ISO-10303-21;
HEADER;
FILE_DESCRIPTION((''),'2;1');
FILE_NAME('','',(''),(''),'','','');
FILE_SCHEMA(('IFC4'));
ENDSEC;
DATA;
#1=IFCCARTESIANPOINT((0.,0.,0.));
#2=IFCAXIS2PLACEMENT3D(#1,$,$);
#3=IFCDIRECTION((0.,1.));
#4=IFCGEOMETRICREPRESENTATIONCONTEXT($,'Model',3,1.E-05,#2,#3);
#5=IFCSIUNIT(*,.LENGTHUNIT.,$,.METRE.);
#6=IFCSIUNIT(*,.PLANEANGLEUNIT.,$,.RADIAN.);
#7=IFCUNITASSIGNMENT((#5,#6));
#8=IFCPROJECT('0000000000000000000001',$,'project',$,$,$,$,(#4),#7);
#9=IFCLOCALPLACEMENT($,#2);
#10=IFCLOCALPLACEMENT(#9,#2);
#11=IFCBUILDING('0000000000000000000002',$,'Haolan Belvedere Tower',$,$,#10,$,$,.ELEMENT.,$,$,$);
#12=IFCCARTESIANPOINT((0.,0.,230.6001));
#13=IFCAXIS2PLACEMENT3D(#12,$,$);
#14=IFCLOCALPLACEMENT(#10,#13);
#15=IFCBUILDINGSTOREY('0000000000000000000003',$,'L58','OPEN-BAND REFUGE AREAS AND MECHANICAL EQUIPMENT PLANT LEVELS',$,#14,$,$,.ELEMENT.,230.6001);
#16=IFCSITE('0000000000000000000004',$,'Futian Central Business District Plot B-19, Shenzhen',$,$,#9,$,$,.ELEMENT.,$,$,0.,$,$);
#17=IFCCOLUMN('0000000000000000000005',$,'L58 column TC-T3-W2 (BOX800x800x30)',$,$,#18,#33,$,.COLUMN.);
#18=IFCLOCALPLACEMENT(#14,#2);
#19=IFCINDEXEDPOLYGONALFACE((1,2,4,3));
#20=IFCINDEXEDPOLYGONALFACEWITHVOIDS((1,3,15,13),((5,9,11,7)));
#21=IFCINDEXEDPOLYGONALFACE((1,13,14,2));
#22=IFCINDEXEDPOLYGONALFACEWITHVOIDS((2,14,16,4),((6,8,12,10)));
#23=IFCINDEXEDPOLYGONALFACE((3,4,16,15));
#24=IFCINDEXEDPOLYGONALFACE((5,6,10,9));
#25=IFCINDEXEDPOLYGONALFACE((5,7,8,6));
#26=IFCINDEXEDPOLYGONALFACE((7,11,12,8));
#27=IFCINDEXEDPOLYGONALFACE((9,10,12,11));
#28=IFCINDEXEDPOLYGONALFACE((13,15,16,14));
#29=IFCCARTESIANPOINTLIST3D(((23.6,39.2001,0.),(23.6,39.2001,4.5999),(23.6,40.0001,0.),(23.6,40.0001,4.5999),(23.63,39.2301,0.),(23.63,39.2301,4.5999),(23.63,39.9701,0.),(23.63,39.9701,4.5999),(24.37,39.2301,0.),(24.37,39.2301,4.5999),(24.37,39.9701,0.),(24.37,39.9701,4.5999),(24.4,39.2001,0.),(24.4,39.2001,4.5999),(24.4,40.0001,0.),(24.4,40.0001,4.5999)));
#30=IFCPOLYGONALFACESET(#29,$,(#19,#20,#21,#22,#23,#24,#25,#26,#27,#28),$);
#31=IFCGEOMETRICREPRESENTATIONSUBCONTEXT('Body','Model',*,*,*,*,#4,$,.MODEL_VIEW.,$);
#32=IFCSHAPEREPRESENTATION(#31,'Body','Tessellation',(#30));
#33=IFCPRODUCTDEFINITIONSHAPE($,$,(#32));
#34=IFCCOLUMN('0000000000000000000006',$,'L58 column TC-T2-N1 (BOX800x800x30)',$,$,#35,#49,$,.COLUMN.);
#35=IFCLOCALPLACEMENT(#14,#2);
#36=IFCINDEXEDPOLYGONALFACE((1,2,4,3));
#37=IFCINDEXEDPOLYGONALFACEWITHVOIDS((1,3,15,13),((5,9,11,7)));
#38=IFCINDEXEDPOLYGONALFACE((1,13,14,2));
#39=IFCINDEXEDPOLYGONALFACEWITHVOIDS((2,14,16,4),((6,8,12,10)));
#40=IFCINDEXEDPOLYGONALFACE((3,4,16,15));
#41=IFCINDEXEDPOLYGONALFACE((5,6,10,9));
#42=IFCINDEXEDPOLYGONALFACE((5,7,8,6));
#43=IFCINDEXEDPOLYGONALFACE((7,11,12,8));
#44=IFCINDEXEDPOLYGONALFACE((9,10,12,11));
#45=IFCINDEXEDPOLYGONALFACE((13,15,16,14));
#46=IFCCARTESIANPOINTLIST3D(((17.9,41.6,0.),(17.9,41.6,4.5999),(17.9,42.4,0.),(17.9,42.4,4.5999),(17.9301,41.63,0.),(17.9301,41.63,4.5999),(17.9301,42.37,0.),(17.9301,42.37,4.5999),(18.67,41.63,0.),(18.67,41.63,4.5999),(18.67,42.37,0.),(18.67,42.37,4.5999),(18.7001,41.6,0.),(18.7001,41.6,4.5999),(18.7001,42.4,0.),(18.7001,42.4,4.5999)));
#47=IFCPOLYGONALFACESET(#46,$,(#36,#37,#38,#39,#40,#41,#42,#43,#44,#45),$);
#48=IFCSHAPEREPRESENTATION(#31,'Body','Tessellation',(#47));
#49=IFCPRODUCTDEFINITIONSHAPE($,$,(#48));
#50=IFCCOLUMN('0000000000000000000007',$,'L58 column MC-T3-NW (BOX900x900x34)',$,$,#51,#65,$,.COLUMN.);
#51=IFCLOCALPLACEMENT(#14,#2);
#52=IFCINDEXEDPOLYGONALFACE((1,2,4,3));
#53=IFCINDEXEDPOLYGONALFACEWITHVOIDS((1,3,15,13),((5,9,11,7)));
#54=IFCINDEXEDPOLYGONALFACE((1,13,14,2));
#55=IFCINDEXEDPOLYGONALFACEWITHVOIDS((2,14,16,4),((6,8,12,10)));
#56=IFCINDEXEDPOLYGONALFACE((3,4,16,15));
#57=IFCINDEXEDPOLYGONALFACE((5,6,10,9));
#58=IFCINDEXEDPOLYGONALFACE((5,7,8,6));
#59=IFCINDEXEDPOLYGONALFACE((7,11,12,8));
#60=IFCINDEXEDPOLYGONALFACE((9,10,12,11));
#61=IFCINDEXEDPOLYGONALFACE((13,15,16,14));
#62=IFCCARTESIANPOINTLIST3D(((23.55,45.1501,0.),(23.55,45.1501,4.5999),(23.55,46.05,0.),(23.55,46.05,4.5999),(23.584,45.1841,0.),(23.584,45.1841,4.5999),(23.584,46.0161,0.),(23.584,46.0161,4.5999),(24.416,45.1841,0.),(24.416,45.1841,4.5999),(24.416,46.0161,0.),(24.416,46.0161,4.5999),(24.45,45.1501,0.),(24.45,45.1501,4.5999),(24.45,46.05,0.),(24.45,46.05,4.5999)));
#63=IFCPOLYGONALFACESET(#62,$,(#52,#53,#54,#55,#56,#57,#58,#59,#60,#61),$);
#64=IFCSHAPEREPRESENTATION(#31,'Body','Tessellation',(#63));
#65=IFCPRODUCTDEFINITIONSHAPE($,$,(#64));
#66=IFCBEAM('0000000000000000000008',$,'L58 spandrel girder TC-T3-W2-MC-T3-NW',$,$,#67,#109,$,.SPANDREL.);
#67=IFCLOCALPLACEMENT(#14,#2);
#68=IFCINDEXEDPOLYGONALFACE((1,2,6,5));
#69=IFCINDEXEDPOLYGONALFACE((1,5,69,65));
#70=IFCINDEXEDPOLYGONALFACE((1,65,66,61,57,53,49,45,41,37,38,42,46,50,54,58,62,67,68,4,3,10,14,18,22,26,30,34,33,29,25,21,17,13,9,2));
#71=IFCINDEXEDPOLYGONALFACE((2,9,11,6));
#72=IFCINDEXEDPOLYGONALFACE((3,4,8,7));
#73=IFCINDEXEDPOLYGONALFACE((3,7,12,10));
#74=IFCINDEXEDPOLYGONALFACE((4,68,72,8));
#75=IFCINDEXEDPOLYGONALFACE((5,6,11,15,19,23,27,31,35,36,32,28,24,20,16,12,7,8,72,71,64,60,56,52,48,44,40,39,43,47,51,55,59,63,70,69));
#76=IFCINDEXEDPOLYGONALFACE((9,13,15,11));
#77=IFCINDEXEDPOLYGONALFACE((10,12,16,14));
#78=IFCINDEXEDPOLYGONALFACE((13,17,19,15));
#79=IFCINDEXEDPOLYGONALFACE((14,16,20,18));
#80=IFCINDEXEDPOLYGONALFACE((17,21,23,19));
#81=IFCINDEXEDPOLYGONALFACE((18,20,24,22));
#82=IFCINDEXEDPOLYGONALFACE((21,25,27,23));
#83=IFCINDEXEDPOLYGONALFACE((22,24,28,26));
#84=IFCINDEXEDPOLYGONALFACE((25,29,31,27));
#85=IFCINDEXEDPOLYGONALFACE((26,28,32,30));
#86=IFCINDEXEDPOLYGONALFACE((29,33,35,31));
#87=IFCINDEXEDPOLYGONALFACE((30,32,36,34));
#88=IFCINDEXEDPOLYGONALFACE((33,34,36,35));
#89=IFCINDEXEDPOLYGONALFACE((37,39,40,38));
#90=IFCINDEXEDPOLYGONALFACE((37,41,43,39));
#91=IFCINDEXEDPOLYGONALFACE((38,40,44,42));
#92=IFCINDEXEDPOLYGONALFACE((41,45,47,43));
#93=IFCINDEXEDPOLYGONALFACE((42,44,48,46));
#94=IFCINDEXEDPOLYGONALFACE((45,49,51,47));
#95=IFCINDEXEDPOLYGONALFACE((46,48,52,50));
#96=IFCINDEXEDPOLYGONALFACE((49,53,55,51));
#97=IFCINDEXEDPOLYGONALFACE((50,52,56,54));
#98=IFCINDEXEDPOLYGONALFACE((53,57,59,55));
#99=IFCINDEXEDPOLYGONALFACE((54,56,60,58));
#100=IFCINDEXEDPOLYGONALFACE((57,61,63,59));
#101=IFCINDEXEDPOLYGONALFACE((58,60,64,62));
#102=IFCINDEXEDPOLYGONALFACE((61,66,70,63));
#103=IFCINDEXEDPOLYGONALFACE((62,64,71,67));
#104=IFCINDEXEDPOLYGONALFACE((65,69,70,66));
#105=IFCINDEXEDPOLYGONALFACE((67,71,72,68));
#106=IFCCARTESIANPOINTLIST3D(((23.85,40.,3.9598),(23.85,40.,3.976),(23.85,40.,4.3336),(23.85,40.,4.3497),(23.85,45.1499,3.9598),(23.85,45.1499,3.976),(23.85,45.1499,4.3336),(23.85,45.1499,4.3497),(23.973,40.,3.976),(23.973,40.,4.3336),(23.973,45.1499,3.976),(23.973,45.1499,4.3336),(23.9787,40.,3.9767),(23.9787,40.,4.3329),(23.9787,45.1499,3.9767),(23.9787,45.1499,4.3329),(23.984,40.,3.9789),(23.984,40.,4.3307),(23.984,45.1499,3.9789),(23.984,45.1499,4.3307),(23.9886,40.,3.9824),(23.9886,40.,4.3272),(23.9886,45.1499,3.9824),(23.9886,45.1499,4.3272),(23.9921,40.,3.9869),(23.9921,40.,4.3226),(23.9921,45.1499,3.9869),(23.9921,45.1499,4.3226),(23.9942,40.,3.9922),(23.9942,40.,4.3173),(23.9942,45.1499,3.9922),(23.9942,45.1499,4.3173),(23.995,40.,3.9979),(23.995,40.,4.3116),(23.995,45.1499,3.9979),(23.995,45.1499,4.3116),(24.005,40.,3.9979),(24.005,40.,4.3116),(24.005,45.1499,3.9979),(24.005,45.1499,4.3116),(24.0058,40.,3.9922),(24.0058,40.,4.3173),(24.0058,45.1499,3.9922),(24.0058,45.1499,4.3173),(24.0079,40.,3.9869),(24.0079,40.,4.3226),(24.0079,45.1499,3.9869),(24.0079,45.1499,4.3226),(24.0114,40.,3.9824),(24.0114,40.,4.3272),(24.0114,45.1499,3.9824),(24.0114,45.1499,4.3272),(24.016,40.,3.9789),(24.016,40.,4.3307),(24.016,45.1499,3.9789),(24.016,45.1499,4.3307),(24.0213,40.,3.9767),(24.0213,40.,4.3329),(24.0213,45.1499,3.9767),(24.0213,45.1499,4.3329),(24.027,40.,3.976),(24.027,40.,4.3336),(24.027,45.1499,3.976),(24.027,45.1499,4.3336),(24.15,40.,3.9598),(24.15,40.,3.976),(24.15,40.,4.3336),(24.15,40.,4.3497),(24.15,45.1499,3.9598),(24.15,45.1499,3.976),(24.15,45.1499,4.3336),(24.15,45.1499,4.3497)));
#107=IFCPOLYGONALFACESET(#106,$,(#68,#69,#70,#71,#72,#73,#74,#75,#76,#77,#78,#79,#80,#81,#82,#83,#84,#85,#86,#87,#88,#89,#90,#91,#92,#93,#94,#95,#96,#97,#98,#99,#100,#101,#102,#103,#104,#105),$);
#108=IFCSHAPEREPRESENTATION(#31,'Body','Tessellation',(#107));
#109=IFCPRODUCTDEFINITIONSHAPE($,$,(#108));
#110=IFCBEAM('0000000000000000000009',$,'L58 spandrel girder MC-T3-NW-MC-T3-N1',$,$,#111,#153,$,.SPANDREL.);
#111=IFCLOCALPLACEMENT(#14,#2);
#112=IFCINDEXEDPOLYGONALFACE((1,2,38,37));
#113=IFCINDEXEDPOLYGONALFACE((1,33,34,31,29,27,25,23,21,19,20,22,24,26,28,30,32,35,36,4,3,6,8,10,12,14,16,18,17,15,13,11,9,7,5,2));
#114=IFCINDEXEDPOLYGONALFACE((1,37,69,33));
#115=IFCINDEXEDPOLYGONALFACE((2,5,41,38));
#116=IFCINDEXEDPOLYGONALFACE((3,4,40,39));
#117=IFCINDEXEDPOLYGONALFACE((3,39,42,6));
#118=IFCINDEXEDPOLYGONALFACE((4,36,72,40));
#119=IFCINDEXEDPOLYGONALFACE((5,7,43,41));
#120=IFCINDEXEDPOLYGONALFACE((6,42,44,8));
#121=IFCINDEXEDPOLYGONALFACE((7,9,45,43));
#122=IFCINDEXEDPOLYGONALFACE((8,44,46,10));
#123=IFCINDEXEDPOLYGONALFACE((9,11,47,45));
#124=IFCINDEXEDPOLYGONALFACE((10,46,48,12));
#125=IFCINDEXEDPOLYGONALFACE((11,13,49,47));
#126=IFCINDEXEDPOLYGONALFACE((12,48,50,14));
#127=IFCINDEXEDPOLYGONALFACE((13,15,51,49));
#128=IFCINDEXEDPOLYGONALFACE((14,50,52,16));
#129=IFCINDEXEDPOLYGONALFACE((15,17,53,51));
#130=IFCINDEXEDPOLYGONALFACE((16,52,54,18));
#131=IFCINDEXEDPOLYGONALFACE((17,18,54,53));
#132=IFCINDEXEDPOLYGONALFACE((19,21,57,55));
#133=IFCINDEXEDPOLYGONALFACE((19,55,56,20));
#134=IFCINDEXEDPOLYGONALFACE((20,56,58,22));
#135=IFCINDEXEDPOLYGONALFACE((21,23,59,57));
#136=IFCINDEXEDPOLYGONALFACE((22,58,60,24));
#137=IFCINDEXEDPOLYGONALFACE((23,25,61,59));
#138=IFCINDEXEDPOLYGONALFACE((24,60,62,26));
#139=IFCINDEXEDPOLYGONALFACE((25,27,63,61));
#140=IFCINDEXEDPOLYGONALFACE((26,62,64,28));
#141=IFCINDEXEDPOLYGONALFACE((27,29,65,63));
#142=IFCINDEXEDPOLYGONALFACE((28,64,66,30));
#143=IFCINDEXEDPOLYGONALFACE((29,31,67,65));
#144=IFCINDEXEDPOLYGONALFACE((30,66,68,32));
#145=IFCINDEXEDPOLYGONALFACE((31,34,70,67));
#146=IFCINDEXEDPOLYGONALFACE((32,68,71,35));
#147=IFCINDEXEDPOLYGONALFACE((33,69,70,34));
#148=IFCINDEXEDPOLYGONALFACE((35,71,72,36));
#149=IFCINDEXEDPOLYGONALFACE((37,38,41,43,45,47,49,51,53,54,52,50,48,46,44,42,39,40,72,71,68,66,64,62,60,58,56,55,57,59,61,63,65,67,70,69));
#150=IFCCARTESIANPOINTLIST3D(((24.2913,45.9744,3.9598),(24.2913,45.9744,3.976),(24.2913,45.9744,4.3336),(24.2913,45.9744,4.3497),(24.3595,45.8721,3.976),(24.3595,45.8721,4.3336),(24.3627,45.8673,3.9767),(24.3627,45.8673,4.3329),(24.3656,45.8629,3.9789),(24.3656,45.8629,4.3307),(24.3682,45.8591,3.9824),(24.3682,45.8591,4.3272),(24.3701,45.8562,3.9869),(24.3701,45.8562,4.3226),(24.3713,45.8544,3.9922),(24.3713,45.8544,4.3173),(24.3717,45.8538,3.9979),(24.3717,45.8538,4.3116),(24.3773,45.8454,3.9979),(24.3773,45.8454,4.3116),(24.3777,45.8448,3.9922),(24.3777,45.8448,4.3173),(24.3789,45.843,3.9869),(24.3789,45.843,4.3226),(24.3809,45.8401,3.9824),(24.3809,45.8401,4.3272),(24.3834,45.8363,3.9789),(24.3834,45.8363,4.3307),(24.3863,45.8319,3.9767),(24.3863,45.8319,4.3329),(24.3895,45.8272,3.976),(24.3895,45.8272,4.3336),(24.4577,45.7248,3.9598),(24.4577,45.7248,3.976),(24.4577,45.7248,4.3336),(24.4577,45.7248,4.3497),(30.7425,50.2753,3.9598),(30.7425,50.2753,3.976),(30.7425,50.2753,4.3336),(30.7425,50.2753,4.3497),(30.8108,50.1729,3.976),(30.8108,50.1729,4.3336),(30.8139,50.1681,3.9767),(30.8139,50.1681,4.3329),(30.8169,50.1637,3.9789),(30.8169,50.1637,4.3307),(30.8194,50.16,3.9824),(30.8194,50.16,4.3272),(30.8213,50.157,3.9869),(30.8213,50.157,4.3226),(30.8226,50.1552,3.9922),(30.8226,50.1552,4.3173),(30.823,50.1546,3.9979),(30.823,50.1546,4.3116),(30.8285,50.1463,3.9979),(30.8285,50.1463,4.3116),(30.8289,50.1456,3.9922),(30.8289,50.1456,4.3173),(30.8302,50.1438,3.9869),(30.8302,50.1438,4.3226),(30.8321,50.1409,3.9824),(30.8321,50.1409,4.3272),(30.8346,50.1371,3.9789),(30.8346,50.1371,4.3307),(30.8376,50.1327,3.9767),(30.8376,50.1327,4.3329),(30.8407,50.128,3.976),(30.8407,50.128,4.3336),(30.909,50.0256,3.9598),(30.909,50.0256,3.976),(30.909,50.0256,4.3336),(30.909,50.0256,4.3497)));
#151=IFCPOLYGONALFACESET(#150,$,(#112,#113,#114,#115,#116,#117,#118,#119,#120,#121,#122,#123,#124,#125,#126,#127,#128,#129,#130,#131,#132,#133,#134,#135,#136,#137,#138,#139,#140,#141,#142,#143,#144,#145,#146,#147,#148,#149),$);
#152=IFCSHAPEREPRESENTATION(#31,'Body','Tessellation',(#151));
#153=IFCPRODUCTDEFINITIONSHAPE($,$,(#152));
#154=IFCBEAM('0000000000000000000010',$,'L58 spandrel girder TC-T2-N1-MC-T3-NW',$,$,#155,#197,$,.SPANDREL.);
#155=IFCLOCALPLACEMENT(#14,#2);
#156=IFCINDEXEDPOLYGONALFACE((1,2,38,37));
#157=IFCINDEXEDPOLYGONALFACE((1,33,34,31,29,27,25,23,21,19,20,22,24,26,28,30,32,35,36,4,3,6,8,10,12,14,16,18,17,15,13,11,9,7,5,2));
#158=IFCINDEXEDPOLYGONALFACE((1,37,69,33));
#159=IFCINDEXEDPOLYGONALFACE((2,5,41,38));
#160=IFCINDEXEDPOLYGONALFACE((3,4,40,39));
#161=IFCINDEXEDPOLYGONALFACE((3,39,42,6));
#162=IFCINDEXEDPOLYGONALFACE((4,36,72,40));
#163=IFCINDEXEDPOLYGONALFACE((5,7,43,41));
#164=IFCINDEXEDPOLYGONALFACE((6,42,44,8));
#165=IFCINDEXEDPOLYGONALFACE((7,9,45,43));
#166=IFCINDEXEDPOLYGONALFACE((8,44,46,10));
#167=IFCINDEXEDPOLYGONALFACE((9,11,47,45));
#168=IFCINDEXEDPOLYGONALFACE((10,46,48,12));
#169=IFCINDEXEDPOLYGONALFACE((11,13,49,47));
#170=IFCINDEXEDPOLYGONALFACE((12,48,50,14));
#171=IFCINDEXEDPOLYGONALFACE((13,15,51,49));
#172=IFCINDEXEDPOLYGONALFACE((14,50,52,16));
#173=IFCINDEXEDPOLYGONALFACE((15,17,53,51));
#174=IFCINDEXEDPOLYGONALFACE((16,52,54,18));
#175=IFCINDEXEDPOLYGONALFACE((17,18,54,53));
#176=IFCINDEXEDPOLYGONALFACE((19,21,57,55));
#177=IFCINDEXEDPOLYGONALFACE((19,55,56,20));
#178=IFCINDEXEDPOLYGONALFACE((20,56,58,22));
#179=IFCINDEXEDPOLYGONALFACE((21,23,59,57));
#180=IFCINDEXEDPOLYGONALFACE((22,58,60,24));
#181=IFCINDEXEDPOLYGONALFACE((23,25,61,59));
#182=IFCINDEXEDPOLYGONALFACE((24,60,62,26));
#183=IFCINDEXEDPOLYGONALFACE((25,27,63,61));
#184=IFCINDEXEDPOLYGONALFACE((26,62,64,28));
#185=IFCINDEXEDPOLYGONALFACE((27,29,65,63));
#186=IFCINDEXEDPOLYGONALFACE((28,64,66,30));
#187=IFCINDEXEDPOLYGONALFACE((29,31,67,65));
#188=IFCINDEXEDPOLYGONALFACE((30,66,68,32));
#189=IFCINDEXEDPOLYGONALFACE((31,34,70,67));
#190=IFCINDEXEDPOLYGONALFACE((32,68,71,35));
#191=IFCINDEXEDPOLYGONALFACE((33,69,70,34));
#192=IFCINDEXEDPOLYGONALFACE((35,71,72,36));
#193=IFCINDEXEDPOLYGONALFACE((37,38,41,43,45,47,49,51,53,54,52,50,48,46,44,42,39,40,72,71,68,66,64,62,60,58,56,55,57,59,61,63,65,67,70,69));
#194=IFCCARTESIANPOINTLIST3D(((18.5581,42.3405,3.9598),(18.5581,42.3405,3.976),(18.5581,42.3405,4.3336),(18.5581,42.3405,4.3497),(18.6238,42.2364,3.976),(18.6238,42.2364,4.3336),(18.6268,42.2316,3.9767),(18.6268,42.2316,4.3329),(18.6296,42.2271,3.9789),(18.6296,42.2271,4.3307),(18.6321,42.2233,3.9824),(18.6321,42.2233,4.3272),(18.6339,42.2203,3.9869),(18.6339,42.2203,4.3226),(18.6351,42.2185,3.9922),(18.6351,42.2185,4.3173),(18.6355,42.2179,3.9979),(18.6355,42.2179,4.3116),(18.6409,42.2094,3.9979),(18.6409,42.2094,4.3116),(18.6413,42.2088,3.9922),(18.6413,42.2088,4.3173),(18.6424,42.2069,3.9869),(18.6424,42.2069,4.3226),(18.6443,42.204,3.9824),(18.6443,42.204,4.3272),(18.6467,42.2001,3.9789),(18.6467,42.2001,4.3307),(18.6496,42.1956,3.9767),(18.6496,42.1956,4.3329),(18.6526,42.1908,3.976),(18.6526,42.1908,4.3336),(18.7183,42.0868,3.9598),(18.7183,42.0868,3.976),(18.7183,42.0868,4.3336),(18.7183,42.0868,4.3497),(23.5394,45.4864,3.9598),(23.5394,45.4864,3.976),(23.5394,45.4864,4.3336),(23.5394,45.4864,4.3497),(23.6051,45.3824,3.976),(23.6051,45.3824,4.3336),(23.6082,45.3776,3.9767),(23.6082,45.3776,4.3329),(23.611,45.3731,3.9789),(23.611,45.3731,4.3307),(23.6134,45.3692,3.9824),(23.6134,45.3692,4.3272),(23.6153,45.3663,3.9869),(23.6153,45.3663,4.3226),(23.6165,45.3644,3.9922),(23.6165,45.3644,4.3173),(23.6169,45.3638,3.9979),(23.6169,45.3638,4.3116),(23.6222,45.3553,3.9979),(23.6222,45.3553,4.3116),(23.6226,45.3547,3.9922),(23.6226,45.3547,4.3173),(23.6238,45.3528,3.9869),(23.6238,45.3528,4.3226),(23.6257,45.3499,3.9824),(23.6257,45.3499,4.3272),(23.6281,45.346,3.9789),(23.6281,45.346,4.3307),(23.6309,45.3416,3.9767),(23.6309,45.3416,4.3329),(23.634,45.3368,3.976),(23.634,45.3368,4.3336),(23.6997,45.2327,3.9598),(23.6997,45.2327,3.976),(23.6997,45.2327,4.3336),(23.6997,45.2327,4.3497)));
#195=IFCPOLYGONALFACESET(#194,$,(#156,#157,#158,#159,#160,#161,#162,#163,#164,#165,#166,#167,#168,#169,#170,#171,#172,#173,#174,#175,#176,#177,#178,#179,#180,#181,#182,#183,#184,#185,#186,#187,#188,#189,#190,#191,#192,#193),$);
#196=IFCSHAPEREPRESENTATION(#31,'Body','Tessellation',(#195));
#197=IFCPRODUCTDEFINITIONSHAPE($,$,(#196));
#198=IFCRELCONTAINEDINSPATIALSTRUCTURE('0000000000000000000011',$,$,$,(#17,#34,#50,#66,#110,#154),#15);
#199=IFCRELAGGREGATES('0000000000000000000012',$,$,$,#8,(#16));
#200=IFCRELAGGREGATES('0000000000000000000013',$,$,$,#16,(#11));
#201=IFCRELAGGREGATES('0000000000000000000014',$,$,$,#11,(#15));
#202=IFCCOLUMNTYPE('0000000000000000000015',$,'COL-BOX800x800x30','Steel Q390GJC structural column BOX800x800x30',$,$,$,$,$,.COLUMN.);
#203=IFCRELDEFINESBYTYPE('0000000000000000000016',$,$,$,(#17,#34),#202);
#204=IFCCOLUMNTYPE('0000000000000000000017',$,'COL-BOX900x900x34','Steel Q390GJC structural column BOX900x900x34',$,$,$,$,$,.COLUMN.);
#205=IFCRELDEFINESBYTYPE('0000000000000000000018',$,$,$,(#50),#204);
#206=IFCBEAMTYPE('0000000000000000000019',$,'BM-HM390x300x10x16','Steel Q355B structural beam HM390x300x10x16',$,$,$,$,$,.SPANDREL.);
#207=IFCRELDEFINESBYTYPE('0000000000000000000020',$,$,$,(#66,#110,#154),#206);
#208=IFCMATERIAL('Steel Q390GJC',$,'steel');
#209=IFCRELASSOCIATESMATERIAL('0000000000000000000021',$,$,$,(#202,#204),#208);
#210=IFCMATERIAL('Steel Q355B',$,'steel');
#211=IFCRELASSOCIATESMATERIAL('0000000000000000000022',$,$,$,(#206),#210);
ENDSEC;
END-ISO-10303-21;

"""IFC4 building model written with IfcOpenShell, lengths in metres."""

from ifc_helpers import new_model, si_unit, direction, frame, origin, origin_2d, place, context, subcontext, project, spatial, hollow_rectangle, i_section, extrude, material, material_profile, profile_set, type_object, element, save


model = new_model("IFC4")

# Units and contexts
model_context = context("Model", 3, precision=1e-05, world=origin(), true_north=direction((0.0, 1.0)))
body_context = subcontext(model_context, "Body", "Model", "MODEL_VIEW")
ifc_project = project(units=[si_unit("LENGTHUNIT", "METRE"), si_unit("PLANEANGLEUNIT", "RADIAN")], contexts=[model_context])

# Site, building, storey
site_placement = place(None, origin())
site = spatial("IfcSite", under=ifc_project, at=site_placement, Name="Futian Central Business District Plot B-19, Shenzhen", CompositionType="ELEMENT", RefElevation=0.0)
building_placement = place(site_placement, origin())
building = spatial("IfcBuilding", under=site, at=building_placement, Name="Haolan Belvedere Tower", CompositionType="ELEMENT")
storey_placement = place(building_placement, frame((0.0, 0.0, 230.6001)))
storey = spatial("IfcBuildingStorey", under=building, at=storey_placement, Name="L58", Description="OPEN-BAND REFUGE AREAS AND MECHANICAL EQUIPMENT PLANT LEVELS", CompositionType="ELEMENT", Elevation=230.6001)

# Columns
ifc_material_1 = material(Name="Steel Q390GJC", Category="steel")
ifc_material_profile_1 = material_profile(ifc_material_1, hollow_rectangle(XDim=0.8, YDim=0.8, WallThickness=0.03, at=origin_2d()), Name="Steel Q390GJC")
ifc_profile_set_1 = profile_set([ifc_material_profile_1], Name="Steel Q390GJC")
column_type_1 = type_object("IfcColumnType", Name="COL-BOX800x800x30", Description="Steel Q390GJC structural column BOX800x800x30", PredefinedType="COLUMN", material=ifc_profile_set_1)
for number, where, z_axis, x_axis, name in (
    (1, (24.0, 39.6001, 0.0), (0.0, 0.0, 1.0), (1.0, 0.0, 0.0), "L58 column TC-T3-W2 (BOX800x800x30)"),
    (2, (18.3, 42.0, 0.0), (0.0, 0.0, 1.0), (1.0, 0.0, 0.0), "L58 column TC-T2-N1 (BOX800x800x30)"),
):
    element("IfcColumn", number, at=place(storey_placement, frame(where, z_axis=z_axis, x_axis=x_axis)), inside=storey, type_object=column_type_1, Name=name, PredefinedType="COLUMN", context=body_context, shape_type="SweptSolid", body=[
        extrude(hollow_rectangle(XDim=0.8, YDim=0.8, WallThickness=0.03, at=origin_2d()), origin(), (0.0, 0.0, 1.0), 4.5999),
    ])
ifc_material_profile_2 = material_profile(ifc_material_1, hollow_rectangle(XDim=0.8999, YDim=0.8999, WallThickness=0.0339, at=origin_2d()), Name="Steel Q390GJC")
ifc_profile_set_2 = profile_set([ifc_material_profile_2], Name="Steel Q390GJC")
column_type_2 = type_object("IfcColumnType", Name="COL-BOX900x900x34", Description="Steel Q390GJC structural column BOX900x900x34", PredefinedType="COLUMN", material=ifc_profile_set_2)
column_placement = place(storey_placement, frame((24.0, 45.6001, 0.0), z_axis=(0.0, 0.0, 1.0), x_axis=(1.0, 0.0, 0.0)))
element("IfcColumn", 3, at=column_placement, inside=storey, type_object=column_type_2, Name="L58 column MC-T3-NW (BOX900x900x34)", PredefinedType="COLUMN", context=body_context, shape_type="SweptSolid", body=[
    extrude(hollow_rectangle(XDim=0.8999, YDim=0.8999, WallThickness=0.0339, at=origin_2d()), origin(), (0.0, 0.0, 1.0), 4.5999),
])

# Beams
ifc_material_2 = material(Name="Steel Q355B", Category="steel")
ifc_material_profile_3 = material_profile(ifc_material_2, i_section(OverallWidth=0.3, OverallDepth=0.3899, WebThickness=0.01, FlangeThickness=0.0161, FilletRadius=0.022, at=origin_2d()), Name="Steel Q355B")
ifc_profile_set_3 = profile_set([ifc_material_profile_3], Name="Steel Q355B")
beam_type_1 = type_object("IfcBeamType", Name="BM-HM390x300x10x16", Description="Steel Q355B structural beam HM390x300x10x16", PredefinedType="SPANDREL", material=ifc_profile_set_3)
beam_1_placement = place(storey_placement, frame((24.0, 40.0, 4.1548), z_axis=(0.0, 1.0, 0.0), x_axis=(-1.0, 0.0, 0.0)))
element("IfcBeam", 4, at=beam_1_placement, inside=storey, type_object=beam_type_1, Name="L58 spandrel girder TC-T3-W2-MC-T3-NW", PredefinedType="SPANDREL", context=body_context, shape_type="SweptSolid", body=[
    extrude(i_section(OverallWidth=0.3, OverallDepth=0.3899, WebThickness=0.01, FlangeThickness=0.0161, FilletRadius=0.022, at=origin_2d()), origin(), (0.0, 0.0, 1.0), 5.1499),
])
beam_2_placement = place(storey_placement, frame((24.3745, 45.8496, 4.1548), z_axis=(0.83205, 0.5547, 0.0), x_axis=(-0.5547, 0.83205, 0.0)))
element("IfcBeam", 5, at=beam_2_placement, inside=storey, type_object=beam_type_1, Name="L58 spandrel girder MC-T3-NW-MC-T3-N1", PredefinedType="SPANDREL", context=body_context, shape_type="SweptSolid", body=[
    extrude(i_section(OverallWidth=0.3, OverallDepth=0.3899, WebThickness=0.01, FlangeThickness=0.0161, FilletRadius=0.022, at=origin_2d()), origin(), (0.0, 0.0, 1.0), 7.7534),
])
beam_3_placement = place(storey_placement, frame((18.6382, 42.2136, 4.1548), z_axis=(0.845503, 0.533971, 0.0), x_axis=(-0.533971, 0.845503, 0.0)))
element("IfcBeam", 6, at=beam_3_placement, inside=storey, type_object=beam_type_1, Name="L58 spandrel girder TC-T2-N1-MC-T3-NW", PredefinedType="SPANDREL", context=body_context, shape_type="SweptSolid", body=[
    extrude(i_section(OverallWidth=0.3, OverallDepth=0.3899, WebThickness=0.01, FlangeThickness=0.0161, FilletRadius=0.022, at=origin_2d()), origin(), (0.0, 0.0, 1.0), 5.8916),
])

save(model, "model.ifc")
